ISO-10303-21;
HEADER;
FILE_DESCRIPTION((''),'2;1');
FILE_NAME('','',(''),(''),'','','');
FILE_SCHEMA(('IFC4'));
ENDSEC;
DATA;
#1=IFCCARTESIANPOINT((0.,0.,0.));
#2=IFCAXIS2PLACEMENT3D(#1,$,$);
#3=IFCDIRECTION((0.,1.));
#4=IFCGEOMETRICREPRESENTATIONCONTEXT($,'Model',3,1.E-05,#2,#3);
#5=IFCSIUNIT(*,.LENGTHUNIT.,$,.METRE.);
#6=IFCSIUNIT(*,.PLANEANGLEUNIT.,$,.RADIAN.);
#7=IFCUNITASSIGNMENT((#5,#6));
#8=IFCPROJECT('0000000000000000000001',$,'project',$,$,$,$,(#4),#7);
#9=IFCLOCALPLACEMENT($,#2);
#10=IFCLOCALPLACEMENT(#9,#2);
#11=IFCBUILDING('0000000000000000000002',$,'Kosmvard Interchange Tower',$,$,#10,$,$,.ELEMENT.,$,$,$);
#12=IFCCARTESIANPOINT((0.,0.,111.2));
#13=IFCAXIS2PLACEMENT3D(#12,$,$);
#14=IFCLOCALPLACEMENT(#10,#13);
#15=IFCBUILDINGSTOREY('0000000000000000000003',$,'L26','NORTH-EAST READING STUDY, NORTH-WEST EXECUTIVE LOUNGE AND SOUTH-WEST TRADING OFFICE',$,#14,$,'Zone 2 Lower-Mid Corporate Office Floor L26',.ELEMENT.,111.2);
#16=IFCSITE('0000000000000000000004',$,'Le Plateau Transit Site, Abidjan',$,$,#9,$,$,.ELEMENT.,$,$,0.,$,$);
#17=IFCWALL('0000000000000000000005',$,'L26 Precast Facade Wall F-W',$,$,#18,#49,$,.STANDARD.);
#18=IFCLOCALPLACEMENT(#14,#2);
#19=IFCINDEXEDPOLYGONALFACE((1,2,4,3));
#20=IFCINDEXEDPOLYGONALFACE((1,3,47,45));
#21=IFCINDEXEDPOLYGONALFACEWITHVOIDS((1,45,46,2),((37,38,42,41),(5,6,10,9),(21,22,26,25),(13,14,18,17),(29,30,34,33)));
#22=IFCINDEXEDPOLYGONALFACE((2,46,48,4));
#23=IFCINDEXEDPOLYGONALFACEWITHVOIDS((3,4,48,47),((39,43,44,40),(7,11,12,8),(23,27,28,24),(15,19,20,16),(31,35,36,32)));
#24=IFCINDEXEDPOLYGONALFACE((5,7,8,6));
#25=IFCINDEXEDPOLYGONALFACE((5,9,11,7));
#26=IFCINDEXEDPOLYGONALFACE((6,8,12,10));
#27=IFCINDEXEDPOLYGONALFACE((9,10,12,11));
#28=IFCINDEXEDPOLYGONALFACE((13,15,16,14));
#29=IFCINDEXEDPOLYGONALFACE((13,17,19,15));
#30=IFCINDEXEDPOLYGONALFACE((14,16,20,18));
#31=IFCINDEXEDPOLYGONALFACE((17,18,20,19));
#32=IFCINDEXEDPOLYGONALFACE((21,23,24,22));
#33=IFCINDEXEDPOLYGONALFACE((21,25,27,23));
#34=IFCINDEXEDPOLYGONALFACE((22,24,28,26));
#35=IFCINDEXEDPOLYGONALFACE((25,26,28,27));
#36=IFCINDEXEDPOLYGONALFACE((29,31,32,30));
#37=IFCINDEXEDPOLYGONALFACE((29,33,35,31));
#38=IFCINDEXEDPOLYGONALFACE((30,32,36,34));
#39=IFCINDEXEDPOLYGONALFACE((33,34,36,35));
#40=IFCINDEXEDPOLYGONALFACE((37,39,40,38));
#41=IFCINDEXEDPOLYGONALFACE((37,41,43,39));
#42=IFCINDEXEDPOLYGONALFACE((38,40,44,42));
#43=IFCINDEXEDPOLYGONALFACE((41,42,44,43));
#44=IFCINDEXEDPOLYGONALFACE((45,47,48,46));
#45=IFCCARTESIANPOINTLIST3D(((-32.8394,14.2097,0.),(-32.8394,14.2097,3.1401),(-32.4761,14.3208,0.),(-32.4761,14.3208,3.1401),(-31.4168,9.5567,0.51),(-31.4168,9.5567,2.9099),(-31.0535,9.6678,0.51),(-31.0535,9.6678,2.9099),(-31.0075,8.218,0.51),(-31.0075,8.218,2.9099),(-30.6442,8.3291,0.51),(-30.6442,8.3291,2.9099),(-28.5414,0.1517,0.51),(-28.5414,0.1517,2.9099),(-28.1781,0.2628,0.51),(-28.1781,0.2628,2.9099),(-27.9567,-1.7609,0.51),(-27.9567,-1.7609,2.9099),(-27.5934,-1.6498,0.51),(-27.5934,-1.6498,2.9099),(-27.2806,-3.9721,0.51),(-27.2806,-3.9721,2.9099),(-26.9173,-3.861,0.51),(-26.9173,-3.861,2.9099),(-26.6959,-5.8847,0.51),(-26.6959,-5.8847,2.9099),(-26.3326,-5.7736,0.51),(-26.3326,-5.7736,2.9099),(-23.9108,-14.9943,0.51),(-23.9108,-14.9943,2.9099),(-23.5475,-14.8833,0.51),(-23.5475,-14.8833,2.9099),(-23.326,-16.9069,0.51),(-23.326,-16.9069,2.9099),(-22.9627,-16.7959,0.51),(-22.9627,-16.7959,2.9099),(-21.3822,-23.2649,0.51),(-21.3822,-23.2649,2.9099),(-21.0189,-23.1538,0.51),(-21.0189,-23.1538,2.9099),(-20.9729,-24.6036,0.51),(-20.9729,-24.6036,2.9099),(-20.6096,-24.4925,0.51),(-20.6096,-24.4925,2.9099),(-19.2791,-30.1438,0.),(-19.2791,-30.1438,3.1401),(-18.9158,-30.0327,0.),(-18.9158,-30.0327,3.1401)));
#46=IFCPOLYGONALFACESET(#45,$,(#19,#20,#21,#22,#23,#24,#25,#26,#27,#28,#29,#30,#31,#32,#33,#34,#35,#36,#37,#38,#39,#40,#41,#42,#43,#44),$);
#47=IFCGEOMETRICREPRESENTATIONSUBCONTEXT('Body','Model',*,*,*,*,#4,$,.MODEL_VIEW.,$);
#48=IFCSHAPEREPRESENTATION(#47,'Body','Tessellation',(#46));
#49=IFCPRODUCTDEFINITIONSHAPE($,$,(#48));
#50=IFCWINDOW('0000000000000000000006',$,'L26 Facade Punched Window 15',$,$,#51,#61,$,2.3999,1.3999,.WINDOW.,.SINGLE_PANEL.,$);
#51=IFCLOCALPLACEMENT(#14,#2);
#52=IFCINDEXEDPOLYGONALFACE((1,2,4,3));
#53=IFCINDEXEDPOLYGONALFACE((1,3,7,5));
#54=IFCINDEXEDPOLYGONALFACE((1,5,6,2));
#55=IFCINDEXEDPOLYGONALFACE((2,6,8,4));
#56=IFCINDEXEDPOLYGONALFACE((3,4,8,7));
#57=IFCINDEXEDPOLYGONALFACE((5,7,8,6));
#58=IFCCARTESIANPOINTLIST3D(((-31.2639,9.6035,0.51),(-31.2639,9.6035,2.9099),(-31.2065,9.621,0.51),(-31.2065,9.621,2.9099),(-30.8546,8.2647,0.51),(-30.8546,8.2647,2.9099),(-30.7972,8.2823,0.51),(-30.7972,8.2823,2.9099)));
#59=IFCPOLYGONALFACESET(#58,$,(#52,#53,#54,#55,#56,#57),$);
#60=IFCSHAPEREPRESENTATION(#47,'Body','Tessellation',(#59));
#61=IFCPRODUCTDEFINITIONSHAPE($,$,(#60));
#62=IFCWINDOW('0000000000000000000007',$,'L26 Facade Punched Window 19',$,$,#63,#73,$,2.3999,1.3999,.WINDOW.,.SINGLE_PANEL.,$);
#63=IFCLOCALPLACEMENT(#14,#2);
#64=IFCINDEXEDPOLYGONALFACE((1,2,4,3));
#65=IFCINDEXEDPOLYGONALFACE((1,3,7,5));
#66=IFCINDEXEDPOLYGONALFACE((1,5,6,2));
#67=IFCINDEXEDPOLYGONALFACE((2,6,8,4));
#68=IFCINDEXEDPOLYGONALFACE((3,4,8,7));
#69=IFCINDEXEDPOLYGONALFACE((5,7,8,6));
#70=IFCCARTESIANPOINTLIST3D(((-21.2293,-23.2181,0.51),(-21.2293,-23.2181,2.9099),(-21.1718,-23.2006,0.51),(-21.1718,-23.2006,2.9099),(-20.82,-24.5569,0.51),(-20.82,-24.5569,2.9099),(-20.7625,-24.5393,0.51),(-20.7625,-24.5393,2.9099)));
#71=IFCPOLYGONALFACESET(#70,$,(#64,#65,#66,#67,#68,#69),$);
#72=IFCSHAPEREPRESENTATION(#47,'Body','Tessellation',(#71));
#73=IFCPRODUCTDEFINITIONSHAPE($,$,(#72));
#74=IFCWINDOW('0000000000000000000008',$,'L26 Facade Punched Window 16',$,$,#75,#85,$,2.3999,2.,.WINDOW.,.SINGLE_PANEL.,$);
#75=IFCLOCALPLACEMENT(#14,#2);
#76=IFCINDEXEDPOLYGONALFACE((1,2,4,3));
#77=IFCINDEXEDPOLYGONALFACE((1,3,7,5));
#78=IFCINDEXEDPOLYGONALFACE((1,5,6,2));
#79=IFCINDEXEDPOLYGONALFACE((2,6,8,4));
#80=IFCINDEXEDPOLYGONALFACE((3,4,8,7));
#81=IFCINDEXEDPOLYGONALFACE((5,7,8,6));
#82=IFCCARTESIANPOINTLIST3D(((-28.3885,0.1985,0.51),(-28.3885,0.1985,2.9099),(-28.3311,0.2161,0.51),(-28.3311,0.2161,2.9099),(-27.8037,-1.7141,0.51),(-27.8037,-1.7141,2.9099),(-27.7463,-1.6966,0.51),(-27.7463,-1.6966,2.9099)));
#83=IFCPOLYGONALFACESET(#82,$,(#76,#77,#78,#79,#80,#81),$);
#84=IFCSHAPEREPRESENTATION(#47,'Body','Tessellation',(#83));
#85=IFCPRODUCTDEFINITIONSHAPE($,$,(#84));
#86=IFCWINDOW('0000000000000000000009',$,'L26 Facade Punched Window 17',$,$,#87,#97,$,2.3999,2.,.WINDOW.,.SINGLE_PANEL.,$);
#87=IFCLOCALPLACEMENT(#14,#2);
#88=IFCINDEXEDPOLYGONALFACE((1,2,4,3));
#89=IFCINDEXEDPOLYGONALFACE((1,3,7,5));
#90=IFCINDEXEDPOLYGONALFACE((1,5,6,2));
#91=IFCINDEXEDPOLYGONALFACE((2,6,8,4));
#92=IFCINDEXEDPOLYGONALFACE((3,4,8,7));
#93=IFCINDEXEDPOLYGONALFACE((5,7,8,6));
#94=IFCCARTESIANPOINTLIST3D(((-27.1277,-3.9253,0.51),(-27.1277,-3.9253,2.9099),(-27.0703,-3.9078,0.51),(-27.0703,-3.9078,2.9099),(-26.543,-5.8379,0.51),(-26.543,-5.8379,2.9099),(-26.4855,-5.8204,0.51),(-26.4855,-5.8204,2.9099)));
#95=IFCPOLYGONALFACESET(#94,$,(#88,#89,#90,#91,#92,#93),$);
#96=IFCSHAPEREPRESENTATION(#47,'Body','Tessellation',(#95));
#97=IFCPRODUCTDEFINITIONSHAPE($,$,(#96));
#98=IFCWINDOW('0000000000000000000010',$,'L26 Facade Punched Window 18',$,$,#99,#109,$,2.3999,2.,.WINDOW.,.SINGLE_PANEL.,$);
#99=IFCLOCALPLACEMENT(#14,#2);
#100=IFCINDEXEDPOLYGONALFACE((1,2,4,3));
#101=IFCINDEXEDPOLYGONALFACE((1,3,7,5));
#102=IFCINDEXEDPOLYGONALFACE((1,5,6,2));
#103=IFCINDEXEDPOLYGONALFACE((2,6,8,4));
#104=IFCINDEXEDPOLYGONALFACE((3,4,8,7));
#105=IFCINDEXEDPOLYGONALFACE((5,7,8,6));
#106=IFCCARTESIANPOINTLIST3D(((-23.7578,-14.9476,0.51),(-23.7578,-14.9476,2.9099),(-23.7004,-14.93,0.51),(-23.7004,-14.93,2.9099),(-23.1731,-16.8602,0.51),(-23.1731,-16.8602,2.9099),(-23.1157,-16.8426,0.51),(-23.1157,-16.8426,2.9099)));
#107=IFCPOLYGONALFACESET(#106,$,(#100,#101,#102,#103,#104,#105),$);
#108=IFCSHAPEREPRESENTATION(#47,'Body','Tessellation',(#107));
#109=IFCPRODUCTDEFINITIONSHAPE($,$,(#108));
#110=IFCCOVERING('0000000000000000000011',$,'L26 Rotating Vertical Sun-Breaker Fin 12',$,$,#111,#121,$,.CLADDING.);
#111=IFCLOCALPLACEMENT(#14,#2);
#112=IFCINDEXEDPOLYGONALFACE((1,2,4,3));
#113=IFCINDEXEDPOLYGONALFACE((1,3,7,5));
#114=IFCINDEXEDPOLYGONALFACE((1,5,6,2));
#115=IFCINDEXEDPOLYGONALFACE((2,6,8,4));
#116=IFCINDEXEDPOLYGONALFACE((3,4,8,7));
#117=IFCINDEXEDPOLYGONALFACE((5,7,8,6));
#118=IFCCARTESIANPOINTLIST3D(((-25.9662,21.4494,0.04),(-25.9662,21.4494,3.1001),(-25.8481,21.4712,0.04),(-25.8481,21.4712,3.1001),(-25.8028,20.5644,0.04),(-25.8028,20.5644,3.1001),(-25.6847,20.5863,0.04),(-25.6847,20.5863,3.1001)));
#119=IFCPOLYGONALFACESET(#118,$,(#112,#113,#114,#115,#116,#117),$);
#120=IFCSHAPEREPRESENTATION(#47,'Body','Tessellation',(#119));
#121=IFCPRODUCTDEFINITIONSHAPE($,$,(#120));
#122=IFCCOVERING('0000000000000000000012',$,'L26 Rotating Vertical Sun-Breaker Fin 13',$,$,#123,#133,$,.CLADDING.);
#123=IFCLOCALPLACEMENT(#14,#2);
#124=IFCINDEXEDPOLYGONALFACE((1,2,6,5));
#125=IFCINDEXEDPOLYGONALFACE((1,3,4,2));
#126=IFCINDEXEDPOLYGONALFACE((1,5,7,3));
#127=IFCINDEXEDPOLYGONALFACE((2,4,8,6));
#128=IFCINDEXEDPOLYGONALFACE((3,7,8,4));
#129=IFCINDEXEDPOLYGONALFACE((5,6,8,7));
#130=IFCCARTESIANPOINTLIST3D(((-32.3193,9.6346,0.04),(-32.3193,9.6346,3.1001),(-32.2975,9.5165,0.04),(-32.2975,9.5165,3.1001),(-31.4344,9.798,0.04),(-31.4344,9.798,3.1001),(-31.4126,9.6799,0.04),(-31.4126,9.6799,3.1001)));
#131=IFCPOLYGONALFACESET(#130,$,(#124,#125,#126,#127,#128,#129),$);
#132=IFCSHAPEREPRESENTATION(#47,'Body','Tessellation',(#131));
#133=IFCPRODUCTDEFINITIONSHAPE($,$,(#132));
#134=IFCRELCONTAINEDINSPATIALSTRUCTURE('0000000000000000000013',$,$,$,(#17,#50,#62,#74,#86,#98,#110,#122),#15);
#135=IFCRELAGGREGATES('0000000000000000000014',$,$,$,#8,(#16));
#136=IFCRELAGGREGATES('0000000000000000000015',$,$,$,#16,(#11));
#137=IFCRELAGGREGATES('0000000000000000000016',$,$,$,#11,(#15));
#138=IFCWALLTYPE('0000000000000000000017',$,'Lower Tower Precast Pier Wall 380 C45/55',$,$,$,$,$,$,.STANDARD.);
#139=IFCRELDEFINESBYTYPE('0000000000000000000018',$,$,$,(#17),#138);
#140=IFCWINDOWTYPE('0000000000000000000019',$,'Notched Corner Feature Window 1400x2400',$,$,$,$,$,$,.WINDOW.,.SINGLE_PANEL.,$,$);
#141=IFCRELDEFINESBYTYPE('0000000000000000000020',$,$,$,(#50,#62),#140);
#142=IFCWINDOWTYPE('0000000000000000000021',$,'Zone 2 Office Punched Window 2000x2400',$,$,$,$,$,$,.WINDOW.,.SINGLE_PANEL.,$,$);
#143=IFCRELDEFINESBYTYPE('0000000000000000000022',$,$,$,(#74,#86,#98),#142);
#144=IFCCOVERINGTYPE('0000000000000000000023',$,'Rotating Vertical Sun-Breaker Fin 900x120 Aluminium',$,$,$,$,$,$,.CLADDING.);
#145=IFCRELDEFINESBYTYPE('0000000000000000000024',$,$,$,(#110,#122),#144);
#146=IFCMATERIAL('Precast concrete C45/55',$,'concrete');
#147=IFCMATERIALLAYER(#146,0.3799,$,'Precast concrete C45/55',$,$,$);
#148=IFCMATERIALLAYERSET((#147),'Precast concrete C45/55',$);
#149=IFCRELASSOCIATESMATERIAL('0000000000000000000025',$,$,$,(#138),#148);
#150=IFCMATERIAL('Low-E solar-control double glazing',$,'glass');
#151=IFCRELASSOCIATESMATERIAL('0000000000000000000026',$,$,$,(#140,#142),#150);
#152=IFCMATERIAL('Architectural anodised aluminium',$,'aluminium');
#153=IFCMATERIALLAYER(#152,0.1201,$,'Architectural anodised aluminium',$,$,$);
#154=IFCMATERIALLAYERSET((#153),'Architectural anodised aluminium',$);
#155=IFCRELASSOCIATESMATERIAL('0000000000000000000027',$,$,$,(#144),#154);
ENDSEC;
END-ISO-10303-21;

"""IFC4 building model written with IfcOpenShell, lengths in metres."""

from ifc_helpers import new_model, si_unit, direction, frame, frame_2d, origin, origin_2d, place, context, subcontext, project, spatial, rectangle, extrude, source, transform, mapped, material, layer, layer_set, type_object, element, fill, save


model = new_model("IFC4")

# Units and contexts
model_context = context("Model", 3, precision=1e-05, world=origin(), true_north=direction((0.0, 1.0)))
body_context = subcontext(model_context, "Body", "Model", "MODEL_VIEW")
ifc_project = project(units=[si_unit("LENGTHUNIT", "METRE"), si_unit("PLANEANGLEUNIT", "RADIAN")], contexts=[model_context])

# Site, building, storey
site_placement = place(None, origin())
site = spatial("IfcSite", under=ifc_project, at=site_placement, Name="Le Plateau Transit Site, Abidjan", CompositionType="ELEMENT", RefElevation=0.0)
building_placement = place(site_placement, origin())
building = spatial("IfcBuilding", under=site, at=building_placement, Name="Kosmvard Interchange Tower", CompositionType="ELEMENT")
storey_placement = place(building_placement, frame((0.0, 0.0, 111.2)))
storey = spatial("IfcBuildingStorey", under=building, at=storey_placement, Name="L26", Description="NORTH-EAST READING STUDY, NORTH-WEST EXECUTIVE LOUNGE AND SOUTH-WEST TRADING OFFICE", LongName="Zone 2 Lower-Mid Corporate Office Floor L26", CompositionType="ELEMENT", Elevation=111.2)

# Shared definitions
ifc_material_1 = material(Name="Precast concrete C45/55", Category="concrete")

# Shared definitions
ifc_layer_1 = layer(ifc_material_1, 0.3799, Name="Precast concrete C45/55")
ifc_layer_set_1 = layer_set([ifc_layer_1], Name="Precast concrete C45/55")
wall_type = type_object("IfcWallType", Name="Lower Tower Precast Pier Wall 380 C45/55", PredefinedType="STANDARD", material=ifc_layer_set_1)

# Shared definitions
ifc_material_2 = material(Name="Low-E solar-control double glazing", Category="glass")
window_type_1 = type_object("IfcWindowType", Name="Notched Corner Feature Window 1400x2400", PartitioningType="SINGLE_PANEL", PredefinedType="WINDOW", material=ifc_material_2)
shared_shape_1 = source(origin(), body_context, "Body", "SweptSolid", [
    extrude(rectangle(XDim=1.3999, YDim=2.3999, at=frame_2d((0.7, 1.2))), frame((0.0, 0.03, 0.0), z_axis=(0.0, -1.0, 0.0), x_axis=(1.0, 0.0, 0.0)), (0.0, 0.0, 1.0), 0.0601),
])

# Wall, openings, windows
wall_1_placement = place(storey_placement, frame((-32.6577, 14.2651, 0.0), z_axis=(0.0, 0.0, 1.0), x_axis=(0.292373, -0.956304, 0.0)))
wall_1 = element("IfcWall", 1, at=wall_1_placement, inside=storey, type_object=wall_type, Name="L26 Precast Facade Wall F-W", PredefinedType="STANDARD", context=body_context, shape_type="SweptSolid", body=[
    extrude(rectangle(XDim=46.3801, YDim=0.3799, at=frame_2d((23.1899, 0.0))), origin(), (0.0, 0.0, 1.0), 3.1401),
])
opening_1_placement = place(wall_1_placement, frame((4.8655, 0.0, 0.51)))
opening_1 = element("IfcOpeningElement", 2, at=opening_1_placement, cuts=wall_1, PredefinedType="OPENING", context=body_context, shape_type="SweptSolid", body=[
    extrude(rectangle(XDim=1.3999, YDim=2.3999, at=frame_2d((0.7, 1.2))), frame((0.0, 0.2, 0.0), z_axis=(0.0, -1.0, 0.0), x_axis=(1.0, 0.0, 0.0)), (0.0, 0.0, 1.0), 0.3999),
])
opening_2_placement = place(wall_1_placement, frame((14.7002, 0.0, 0.51)))
opening_2 = element("IfcOpeningElement", 3, at=opening_2_placement, cuts=wall_1, PredefinedType="OPENING", context=body_context, shape_type="SweptSolid", body=[
    extrude(rectangle(XDim=2.0, YDim=2.3999, at=frame_2d((1.0, 1.2))), frame((0.0, 0.2, 0.0), z_axis=(0.0, -1.0, 0.0), x_axis=(1.0, 0.0, 0.0)), (0.0, 0.0, 1.0), 0.3999),
])
opening_3_placement = place(wall_1_placement, frame((19.0125, 0.0, 0.51)))
opening_3 = element("IfcOpeningElement", 4, at=opening_3_placement, cuts=wall_1, PredefinedType="OPENING", context=body_context, shape_type="SweptSolid", body=[
    extrude(rectangle(XDim=2.0, YDim=2.3999, at=frame_2d((1.0, 1.2))), frame((0.0, 0.2, 0.0), z_axis=(0.0, -1.0, 0.0), x_axis=(1.0, 0.0, 0.0)), (0.0, 0.0, 1.0), 0.3999),
])
opening_4_placement = place(wall_1_placement, frame((30.5383, 0.0, 0.51)))
opening_4 = element("IfcOpeningElement", 5, at=opening_4_placement, cuts=wall_1, PredefinedType="OPENING", context=body_context, shape_type="SweptSolid", body=[
    extrude(rectangle(XDim=2.0, YDim=2.3999, at=frame_2d((1.0, 1.2))), frame((0.0, 0.2, 0.0), z_axis=(0.0, -1.0, 0.0), x_axis=(1.0, 0.0, 0.0)), (0.0, 0.0, 1.0), 0.3999),
])
opening_5_placement = place(wall_1_placement, frame((39.1868, 0.0, 0.51)))
opening_5 = element("IfcOpeningElement", 6, at=opening_5_placement, cuts=wall_1, PredefinedType="OPENING", context=body_context, shape_type="SweptSolid", body=[
    extrude(rectangle(XDim=1.3999, YDim=2.3999, at=frame_2d((0.7, 1.2))), frame((0.0, 0.2, 0.0), z_axis=(0.0, -1.0, 0.0), x_axis=(1.0, 0.0, 0.0)), (0.0, 0.0, 1.0), 0.3999),
])
window_1_placement = place(opening_1_placement, origin())
window_1 = element("IfcWindow", 7, at=window_1_placement, inside=storey, type_object=window_type_1, Name="L26 Facade Punched Window 15", OverallHeight=2.3999, OverallWidth=1.3999, PartitioningType="SINGLE_PANEL", PredefinedType="WINDOW", context=body_context, shape_type="MappedRepresentation", body=[
    mapped(shared_shape_1, transform((0.0, 0.0, 0.0), scale=1.0)),
])
fill(opening_1, window_1)
window_2_placement = place(opening_5_placement, origin())
window_2 = element("IfcWindow", 8, at=window_2_placement, inside=storey, type_object=window_type_1, Name="L26 Facade Punched Window 19", OverallHeight=2.3999, OverallWidth=1.3999, PartitioningType="SINGLE_PANEL", PredefinedType="WINDOW", context=body_context, shape_type="MappedRepresentation", body=[
    mapped(shared_shape_1, transform((0.0, 0.0, 0.0), scale=1.0)),
])
fill(opening_5, window_2)
window_type_2 = type_object("IfcWindowType", Name="Zone 2 Office Punched Window 2000x2400", PartitioningType="SINGLE_PANEL", PredefinedType="WINDOW", material=ifc_material_2)
shared_shape_2 = source(origin(), body_context, "Body", "SweptSolid", [
    extrude(rectangle(XDim=2.0, YDim=2.3999, at=frame_2d((1.0, 1.2))), frame((0.0, 0.03, 0.0), z_axis=(0.0, -1.0, 0.0), x_axis=(1.0, 0.0, 0.0)), (0.0, 0.0, 1.0), 0.0601),
])
window_3_placement = place(opening_2_placement, origin())
window_3 = element("IfcWindow", 9, at=window_3_placement, inside=storey, type_object=window_type_2, Name="L26 Facade Punched Window 16", OverallHeight=2.3999, OverallWidth=2.0, PartitioningType="SINGLE_PANEL", PredefinedType="WINDOW", context=body_context, shape_type="MappedRepresentation", body=[
    mapped(shared_shape_2, transform((0.0, 0.0, 0.0), scale=1.0)),
])
fill(opening_2, window_3)
window_4_placement = place(opening_3_placement, origin())
window_4 = element("IfcWindow", 10, at=window_4_placement, inside=storey, type_object=window_type_2, Name="L26 Facade Punched Window 17", OverallHeight=2.3999, OverallWidth=2.0, PartitioningType="SINGLE_PANEL", PredefinedType="WINDOW", context=body_context, shape_type="MappedRepresentation", body=[
    mapped(shared_shape_2, transform((0.0, 0.0, 0.0), scale=1.0)),
])
fill(opening_3, window_4)
window_5_placement = place(opening_4_placement, origin())
window_5 = element("IfcWindow", 11, at=window_5_placement, inside=storey, type_object=window_type_2, Name="L26 Facade Punched Window 18", OverallHeight=2.3999, OverallWidth=2.0, PartitioningType="SINGLE_PANEL", PredefinedType="WINDOW", context=body_context, shape_type="MappedRepresentation", body=[
    mapped(shared_shape_2, transform((0.0, 0.0, 0.0), scale=1.0)),
])
fill(opening_4, window_5)

# Coverings
ifc_material_3 = material(Name="Architectural anodised aluminium", Category="aluminium")
ifc_layer_2 = layer(ifc_material_3, 0.1201, Name="Architectural anodised aluminium")
ifc_layer_set_2 = layer_set([ifc_layer_2], Name="Architectural anodised aluminium")
covering_type = type_object("IfcCoveringType", Name="Rotating Vertical Sun-Breaker Fin 900x120 Aluminium", PredefinedType="CLADDING", material=ifc_layer_set_2)
shared_shape_3 = source(origin(), body_context, "Body", "SweptSolid", [
    extrude(rectangle(XDim=0.8999, YDim=0.1201, at=origin_2d()), origin(), (0.0, 0.0, 1.0), 3.0601),
])
for number, where, z_axis, x_axis, name in (
    (12, (-25.8254, 21.0178, 0.04), (0.0, 0.0, 1.0), (-0.181549, 0.983382, 0.0), "L26 Rotating Vertical Sun-Breaker Fin 12"),
    (13, (-31.866, 9.6572, 0.04), (0.0, 0.0, 1.0), (-0.983382, -0.181549, 0.0), "L26 Rotating Vertical Sun-Breaker Fin 13"),
):
    element("IfcCovering", number, at=place(storey_placement, frame(where, z_axis=z_axis, x_axis=x_axis)), inside=storey, type_object=covering_type, Name=name, PredefinedType="CLADDING", context=body_context, shape_type="MappedRepresentation", body=[
        mapped(shared_shape_3, transform((0.0, 0.0, 0.0), scale=1.0)),
    ])

save(model, "model.ifc")
